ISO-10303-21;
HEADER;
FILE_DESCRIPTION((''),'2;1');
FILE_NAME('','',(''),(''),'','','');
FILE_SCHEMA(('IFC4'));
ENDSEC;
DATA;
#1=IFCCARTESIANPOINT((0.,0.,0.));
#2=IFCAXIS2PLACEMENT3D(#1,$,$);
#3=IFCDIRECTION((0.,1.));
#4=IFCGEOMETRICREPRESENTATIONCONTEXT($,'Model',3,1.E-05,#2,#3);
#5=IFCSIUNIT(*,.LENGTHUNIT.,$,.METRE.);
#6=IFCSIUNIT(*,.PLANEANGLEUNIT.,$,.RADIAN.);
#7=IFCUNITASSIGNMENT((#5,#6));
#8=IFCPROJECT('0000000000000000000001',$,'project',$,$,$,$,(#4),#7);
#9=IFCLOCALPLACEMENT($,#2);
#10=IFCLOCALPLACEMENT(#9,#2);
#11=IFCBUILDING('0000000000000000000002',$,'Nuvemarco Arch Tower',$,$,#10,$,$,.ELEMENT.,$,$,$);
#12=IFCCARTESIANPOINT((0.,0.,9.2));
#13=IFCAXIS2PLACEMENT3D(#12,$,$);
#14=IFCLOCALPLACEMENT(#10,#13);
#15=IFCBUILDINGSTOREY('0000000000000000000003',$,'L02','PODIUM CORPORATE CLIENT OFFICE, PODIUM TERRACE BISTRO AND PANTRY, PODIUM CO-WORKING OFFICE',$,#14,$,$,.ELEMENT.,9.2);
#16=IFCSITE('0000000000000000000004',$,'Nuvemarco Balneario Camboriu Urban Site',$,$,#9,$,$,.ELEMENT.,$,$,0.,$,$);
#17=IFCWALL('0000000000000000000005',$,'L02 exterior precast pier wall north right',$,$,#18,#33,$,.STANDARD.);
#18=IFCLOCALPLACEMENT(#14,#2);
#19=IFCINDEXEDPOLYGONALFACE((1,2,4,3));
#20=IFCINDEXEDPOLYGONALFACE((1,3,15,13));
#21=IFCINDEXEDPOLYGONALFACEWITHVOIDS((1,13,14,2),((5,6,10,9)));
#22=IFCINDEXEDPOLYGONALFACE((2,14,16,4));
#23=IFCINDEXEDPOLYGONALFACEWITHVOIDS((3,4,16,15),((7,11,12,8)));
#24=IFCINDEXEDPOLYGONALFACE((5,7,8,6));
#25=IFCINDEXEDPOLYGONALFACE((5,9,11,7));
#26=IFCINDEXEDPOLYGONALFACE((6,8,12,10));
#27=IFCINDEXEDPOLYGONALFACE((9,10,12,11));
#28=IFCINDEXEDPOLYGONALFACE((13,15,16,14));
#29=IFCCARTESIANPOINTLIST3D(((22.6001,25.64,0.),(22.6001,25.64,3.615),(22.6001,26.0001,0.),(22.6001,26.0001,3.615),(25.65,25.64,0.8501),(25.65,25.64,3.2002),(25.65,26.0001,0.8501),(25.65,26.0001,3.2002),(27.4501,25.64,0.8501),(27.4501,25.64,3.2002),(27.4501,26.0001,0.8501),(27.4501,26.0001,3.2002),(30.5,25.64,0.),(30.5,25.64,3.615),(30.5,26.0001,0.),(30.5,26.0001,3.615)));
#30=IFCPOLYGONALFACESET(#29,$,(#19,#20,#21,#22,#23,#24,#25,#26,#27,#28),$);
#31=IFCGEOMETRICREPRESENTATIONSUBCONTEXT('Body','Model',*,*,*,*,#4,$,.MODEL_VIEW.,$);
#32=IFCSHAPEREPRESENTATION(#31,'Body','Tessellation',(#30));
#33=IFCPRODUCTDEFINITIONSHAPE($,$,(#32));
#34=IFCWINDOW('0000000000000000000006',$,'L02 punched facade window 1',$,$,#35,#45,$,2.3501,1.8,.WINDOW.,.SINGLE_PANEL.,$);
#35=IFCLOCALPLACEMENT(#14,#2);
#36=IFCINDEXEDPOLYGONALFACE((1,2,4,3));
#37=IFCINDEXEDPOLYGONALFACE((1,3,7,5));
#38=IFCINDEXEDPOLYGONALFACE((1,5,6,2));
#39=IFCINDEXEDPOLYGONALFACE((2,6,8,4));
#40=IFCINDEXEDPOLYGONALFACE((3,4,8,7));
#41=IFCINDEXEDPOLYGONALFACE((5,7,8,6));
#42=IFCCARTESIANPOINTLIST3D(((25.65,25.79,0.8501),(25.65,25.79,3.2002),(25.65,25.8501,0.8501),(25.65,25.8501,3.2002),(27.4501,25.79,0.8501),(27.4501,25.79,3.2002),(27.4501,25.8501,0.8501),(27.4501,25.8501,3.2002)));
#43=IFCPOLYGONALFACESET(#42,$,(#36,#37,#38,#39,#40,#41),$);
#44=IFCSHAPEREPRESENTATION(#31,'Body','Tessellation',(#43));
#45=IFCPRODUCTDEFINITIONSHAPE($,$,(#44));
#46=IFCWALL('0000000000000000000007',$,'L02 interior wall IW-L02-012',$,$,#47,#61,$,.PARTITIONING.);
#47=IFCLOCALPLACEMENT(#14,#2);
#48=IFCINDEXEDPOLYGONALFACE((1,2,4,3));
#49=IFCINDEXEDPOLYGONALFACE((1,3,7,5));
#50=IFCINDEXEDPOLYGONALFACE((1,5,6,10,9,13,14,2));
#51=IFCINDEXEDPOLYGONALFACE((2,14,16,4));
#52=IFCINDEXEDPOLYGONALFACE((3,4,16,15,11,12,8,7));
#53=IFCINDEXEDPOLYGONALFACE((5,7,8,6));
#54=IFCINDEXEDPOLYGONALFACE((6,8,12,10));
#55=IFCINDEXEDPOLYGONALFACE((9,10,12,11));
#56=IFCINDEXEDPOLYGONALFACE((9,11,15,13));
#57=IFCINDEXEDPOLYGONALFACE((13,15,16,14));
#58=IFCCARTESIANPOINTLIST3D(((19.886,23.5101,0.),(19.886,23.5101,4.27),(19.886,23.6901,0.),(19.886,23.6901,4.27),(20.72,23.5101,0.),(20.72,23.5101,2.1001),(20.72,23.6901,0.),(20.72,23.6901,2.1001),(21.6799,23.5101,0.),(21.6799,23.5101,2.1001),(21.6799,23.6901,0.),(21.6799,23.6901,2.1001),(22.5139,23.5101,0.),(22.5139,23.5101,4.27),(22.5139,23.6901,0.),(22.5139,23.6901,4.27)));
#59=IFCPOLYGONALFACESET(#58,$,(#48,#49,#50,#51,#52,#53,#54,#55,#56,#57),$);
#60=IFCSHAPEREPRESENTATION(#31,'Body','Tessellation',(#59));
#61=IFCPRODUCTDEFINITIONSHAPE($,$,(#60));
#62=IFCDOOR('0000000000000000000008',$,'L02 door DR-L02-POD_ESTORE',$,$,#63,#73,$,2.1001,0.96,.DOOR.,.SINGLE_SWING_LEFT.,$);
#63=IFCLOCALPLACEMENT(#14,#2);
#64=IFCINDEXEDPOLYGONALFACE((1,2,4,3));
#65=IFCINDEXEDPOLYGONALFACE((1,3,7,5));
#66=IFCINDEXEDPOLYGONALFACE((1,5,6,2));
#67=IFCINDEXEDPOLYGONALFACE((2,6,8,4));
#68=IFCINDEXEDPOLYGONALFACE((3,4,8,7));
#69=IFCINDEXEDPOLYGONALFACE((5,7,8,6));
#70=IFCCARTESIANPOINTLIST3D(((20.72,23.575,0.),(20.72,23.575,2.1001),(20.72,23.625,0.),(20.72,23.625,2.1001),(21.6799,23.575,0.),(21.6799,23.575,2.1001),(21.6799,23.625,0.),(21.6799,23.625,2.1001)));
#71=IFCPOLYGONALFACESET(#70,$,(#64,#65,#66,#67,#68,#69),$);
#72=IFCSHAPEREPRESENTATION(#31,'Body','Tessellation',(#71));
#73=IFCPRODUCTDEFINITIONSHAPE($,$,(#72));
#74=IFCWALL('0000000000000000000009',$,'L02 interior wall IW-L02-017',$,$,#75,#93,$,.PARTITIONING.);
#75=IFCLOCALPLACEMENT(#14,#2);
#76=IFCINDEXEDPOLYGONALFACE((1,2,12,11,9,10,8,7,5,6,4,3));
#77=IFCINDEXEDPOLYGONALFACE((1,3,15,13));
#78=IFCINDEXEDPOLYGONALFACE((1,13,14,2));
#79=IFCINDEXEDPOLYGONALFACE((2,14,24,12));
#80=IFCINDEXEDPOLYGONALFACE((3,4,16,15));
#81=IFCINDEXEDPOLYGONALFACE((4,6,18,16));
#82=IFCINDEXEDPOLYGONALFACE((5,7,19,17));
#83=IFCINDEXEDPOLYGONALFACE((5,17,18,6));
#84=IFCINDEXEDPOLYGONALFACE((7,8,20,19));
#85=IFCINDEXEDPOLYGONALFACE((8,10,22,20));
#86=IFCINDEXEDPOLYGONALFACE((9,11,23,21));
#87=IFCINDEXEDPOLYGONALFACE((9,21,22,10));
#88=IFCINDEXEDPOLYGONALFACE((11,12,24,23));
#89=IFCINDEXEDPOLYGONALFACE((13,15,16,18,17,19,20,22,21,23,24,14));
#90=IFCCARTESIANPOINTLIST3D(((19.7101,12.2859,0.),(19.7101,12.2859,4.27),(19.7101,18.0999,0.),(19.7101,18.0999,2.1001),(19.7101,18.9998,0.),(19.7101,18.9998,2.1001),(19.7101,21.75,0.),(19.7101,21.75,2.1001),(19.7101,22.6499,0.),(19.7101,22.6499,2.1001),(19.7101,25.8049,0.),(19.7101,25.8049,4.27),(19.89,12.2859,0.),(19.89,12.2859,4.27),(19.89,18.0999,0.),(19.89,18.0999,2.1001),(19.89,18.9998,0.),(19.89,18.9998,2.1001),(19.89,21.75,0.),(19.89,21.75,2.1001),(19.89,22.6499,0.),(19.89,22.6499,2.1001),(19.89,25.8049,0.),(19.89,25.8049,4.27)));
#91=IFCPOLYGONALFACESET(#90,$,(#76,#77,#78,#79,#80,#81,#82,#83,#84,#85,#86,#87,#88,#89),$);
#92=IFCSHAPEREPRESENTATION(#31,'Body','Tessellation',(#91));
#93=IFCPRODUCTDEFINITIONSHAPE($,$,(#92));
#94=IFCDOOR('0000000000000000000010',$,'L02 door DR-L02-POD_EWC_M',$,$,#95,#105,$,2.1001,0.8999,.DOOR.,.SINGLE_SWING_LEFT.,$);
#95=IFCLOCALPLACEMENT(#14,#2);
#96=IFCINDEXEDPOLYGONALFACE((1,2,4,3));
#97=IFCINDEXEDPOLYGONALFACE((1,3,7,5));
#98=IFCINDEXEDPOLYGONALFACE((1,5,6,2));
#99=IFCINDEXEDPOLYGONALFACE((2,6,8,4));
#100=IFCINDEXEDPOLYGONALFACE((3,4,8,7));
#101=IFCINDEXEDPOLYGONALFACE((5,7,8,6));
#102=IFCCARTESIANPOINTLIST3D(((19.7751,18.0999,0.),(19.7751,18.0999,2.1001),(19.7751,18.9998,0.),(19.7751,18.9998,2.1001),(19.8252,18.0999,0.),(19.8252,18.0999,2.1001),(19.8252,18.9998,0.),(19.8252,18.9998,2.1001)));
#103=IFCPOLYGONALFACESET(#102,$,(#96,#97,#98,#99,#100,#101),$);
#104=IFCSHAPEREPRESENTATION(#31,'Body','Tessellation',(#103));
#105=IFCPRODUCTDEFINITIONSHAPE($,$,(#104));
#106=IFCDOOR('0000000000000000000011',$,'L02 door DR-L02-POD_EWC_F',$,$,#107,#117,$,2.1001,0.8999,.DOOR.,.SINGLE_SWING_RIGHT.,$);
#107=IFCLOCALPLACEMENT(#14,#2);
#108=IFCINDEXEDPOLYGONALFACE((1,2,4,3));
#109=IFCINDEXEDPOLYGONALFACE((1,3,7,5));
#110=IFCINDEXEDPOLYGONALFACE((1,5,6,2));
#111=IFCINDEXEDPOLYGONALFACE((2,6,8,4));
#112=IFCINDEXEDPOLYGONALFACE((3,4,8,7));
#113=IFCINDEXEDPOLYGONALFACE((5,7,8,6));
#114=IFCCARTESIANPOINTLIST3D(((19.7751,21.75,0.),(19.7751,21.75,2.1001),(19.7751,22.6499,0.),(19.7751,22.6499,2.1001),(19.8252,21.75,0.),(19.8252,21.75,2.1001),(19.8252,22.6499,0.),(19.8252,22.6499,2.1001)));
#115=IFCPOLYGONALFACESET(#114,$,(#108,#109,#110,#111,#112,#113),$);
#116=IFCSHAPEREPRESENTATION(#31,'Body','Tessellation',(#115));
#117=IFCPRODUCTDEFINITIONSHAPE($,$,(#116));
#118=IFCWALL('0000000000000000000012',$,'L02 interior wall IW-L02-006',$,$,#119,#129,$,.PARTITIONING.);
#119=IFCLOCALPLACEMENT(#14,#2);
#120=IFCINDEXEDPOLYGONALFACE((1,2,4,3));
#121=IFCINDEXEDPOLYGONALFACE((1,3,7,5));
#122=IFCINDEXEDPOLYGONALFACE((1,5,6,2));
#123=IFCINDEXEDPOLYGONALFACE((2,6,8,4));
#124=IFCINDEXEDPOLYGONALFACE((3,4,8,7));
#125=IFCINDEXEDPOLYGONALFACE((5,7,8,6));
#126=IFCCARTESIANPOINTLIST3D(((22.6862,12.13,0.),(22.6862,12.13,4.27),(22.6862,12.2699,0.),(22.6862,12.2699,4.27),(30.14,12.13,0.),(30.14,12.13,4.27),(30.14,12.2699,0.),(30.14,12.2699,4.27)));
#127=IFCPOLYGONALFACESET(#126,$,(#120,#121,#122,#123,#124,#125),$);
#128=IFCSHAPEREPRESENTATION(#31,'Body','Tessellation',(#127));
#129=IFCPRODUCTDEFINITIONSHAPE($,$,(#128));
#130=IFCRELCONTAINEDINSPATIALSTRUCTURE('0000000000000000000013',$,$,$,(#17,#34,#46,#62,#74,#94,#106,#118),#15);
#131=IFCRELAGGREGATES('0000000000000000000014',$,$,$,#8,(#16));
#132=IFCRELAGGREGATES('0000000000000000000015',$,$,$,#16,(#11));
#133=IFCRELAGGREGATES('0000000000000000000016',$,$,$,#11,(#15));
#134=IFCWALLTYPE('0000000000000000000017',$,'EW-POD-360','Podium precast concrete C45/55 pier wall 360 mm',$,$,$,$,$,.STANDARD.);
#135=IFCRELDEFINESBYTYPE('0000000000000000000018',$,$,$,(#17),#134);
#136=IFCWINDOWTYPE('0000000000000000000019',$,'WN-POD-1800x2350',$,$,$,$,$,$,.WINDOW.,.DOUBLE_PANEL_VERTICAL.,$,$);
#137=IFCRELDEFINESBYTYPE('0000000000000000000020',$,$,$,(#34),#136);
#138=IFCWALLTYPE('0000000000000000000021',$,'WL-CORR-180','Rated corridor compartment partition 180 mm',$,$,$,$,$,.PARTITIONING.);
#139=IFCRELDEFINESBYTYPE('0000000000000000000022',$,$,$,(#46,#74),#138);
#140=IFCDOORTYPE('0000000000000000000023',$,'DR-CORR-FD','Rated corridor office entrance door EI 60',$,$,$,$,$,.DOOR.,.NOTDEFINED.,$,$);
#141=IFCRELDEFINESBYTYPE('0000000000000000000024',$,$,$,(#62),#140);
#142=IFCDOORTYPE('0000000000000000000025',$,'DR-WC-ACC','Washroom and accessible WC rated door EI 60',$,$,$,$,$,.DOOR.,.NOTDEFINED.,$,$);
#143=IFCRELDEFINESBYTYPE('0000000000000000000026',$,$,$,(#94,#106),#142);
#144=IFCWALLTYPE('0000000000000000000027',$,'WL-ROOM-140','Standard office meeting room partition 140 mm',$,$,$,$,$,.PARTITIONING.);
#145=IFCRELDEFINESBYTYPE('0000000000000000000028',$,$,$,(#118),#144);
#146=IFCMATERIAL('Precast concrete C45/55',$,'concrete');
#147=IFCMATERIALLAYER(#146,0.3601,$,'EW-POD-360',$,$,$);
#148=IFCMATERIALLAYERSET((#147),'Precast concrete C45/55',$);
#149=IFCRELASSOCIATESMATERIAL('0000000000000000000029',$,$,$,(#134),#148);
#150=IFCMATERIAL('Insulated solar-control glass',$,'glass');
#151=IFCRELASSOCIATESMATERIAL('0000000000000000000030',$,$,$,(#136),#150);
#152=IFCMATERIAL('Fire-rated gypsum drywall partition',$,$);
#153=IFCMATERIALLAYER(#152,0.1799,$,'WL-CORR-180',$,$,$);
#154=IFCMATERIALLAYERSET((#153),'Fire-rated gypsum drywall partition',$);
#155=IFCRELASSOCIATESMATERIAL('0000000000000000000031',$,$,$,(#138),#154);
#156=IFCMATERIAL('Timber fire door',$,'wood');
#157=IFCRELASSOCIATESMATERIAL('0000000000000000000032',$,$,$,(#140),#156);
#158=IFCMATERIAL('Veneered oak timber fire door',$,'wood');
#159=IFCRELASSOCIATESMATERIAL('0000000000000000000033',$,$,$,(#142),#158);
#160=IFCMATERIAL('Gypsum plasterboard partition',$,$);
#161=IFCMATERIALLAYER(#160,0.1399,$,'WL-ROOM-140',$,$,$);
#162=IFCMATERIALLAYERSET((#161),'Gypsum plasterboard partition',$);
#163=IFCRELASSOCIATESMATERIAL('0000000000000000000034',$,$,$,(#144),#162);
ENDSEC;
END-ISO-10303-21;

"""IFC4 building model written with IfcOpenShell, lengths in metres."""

from ifc_helpers import new_model, si_unit, direction, frame, frame_2d, origin, place, context, subcontext, project, spatial, rectangle, extrude, source, transform, mapped, material, layer, layer_set, type_object, type_shapes, element, fill, save


model = new_model("IFC4")

# Units and contexts
model_context = context("Model", 3, precision=1e-05, world=origin(), true_north=direction((0.0, 1.0)))
body_context = subcontext(model_context, "Body", "Model", "MODEL_VIEW")
ifc_project = project(units=[si_unit("LENGTHUNIT", "METRE"), si_unit("PLANEANGLEUNIT", "RADIAN")], contexts=[model_context])

# Site, building, storey
site_placement = place(None, origin())
site = spatial("IfcSite", under=ifc_project, at=site_placement, Name="Nuvemarco Balneario Camboriu Urban Site", CompositionType="ELEMENT", RefElevation=0.0)
building_placement = place(site_placement, origin())
building = spatial("IfcBuilding", under=site, at=building_placement, Name="Nuvemarco Arch Tower", CompositionType="ELEMENT")
storey_placement = place(building_placement, frame((0.0, 0.0, 9.2)))
storey = spatial("IfcBuildingStorey", under=building, at=storey_placement, Name="L02", Description="PODIUM CORPORATE CLIENT OFFICE, PODIUM TERRACE BISTRO AND PANTRY, PODIUM CO-WORKING OFFICE", CompositionType="ELEMENT", Elevation=9.2)

# Shared definitions
ifc_material_1 = material(Name="Precast concrete C45/55", Category="concrete")

# Wall, opening, window
ifc_layer_1 = layer(ifc_material_1, 0.3601, Name="EW-POD-360")
ifc_layer_set_1 = layer_set([ifc_layer_1], Name="Precast concrete C45/55")
wall_type_1 = type_object("IfcWallType", Name="EW-POD-360", Description="Podium precast concrete C45/55 pier wall 360 mm", PredefinedType="STANDARD", material=ifc_layer_set_1)
wall_1_placement = place(storey_placement, frame((22.6001, 25.8201, 0.0), z_axis=(0.0, 0.0, 1.0), x_axis=(1.0, 0.0, 0.0)))
wall_1 = element("IfcWall", 1, at=wall_1_placement, inside=storey, type_object=wall_type_1, Name="L02 exterior precast pier wall north right", PredefinedType="STANDARD", context=body_context, shape_type="SweptSolid", body=[
    extrude(rectangle(XDim=7.8999, YDim=0.3601, at=frame_2d((3.95, 0.0))), origin(), (0.0, 0.0, 1.0), 3.615),
])
opening_1_placement = place(wall_1_placement, frame((3.05, 0.0, 0.8501)))
opening_1 = element("IfcOpeningElement", 2, at=opening_1_placement, cuts=wall_1, PredefinedType="OPENING", context=body_context, shape_type="SweptSolid", body=[
    extrude(rectangle(XDim=1.8, YDim=2.3501, at=frame_2d((0.8999, 1.175))), frame((0.0, 0.1899, 0.0), z_axis=(0.0, -1.0, 0.0), x_axis=(1.0, 0.0, 0.0)), (0.0, 0.0, 1.0), 0.3801),
])
ifc_material_2 = material(Name="Insulated solar-control glass", Category="glass")
window_type = type_object("IfcWindowType", Name="WN-POD-1800x2350", PartitioningType="DOUBLE_PANEL_VERTICAL", PredefinedType="WINDOW", material=ifc_material_2)
shared_shape_1 = source(origin(), body_context, "Body", "SweptSolid", [
    extrude(rectangle(XDim=1.8, YDim=2.3501, at=frame_2d((0.8999, 1.175))), frame((0.0, 0.03, 0.0), z_axis=(0.0, -1.0, 0.0), x_axis=(1.0, 0.0, 0.0)), (0.0, 0.0, 1.0), 0.0601),
])
type_shapes(window_type, [shared_shape_1])
window_placement = place(opening_1_placement, origin())
window = element("IfcWindow", 3, at=window_placement, inside=storey, type_object=window_type, Name="L02 punched facade window 1", OverallHeight=2.3501, OverallWidth=1.8, PartitioningType="SINGLE_PANEL", PredefinedType="WINDOW", context=body_context, shape_type="MappedRepresentation", body=[
    mapped(shared_shape_1, transform((0.0, 0.0, 0.0), scale=1.0)),
])
fill(opening_1, window)

# Wall, opening, door
ifc_material_3 = material(Name="Fire-rated gypsum drywall partition")
ifc_layer_2 = layer(ifc_material_3, 0.1799, Name="WL-CORR-180")
ifc_layer_set_2 = layer_set([ifc_layer_2], Name="Fire-rated gypsum drywall partition")
wall_type_2 = type_object("IfcWallType", Name="WL-CORR-180", Description="Rated corridor compartment partition 180 mm", PredefinedType="PARTITIONING", material=ifc_layer_set_2)
wall_2_placement = place(storey_placement, frame((19.886, 23.6001, 0.0), z_axis=(0.0, 0.0, 1.0), x_axis=(1.0, 0.0, 0.0)))
wall_2 = element("IfcWall", 4, at=wall_2_placement, inside=storey, type_object=wall_type_2, Name="L02 interior wall IW-L02-012", PredefinedType="PARTITIONING", context=body_context, shape_type="SweptSolid", body=[
    extrude(rectangle(XDim=2.6279, YDim=0.1799, at=frame_2d((1.314, 0.0))), origin(), (0.0, 0.0, 1.0), 4.27),
])
opening_2_placement = place(wall_2_placement, frame((0.834, 0.0, 0.0)))
opening_2 = element("IfcOpeningElement", 5, at=opening_2_placement, cuts=wall_2, PredefinedType="OPENING", context=body_context, shape_type="SweptSolid", body=[
    extrude(rectangle(XDim=0.96, YDim=2.1001, at=frame_2d((0.48, 1.05))), frame((0.0, 0.0999, 0.0), z_axis=(0.0, -1.0, 0.0), x_axis=(1.0, 0.0, 0.0)), (0.0, 0.0, 1.0), 0.2),
])
ifc_material_4 = material(Name="Timber fire door", Category="wood")
door_type_1 = type_object("IfcDoorType", Name="DR-CORR-FD", Description="Rated corridor office entrance door EI 60", OperationType="NOTDEFINED", PredefinedType="DOOR", material=ifc_material_4)
shared_shape_2 = source(origin(), body_context, "Body", "SweptSolid", [
    extrude(rectangle(XDim=0.96, YDim=2.1001, at=frame_2d((0.48, 1.05))), frame((0.0, 0.0249, 0.0), z_axis=(0.0, -1.0, 0.0), x_axis=(1.0, 0.0, 0.0)), (0.0, 0.0, 1.0), 0.05),
])
type_shapes(door_type_1, [shared_shape_2])
door_1_placement = place(opening_2_placement, origin())
door_1 = element("IfcDoor", 6, at=door_1_placement, inside=storey, type_object=door_type_1, Name="L02 door DR-L02-POD_ESTORE", OperationType="SINGLE_SWING_LEFT", OverallHeight=2.1001, OverallWidth=0.96, PredefinedType="DOOR", context=body_context, shape_type="MappedRepresentation", body=[
    mapped(shared_shape_2, transform((0.0, 0.0, 0.0), scale=1.0)),
])
fill(opening_2, door_1)

# Wall, openings, doors
wall_3_placement = place(storey_placement, frame((19.8, 12.2859, 0.0), z_axis=(0.0, 0.0, 1.0), x_axis=(0.0, 1.0, 0.0)))
wall_3 = element("IfcWall", 7, at=wall_3_placement, inside=storey, type_object=wall_type_2, Name="L02 interior wall IW-L02-017", PredefinedType="PARTITIONING", context=body_context, shape_type="SweptSolid", body=[
    extrude(rectangle(XDim=13.519, YDim=0.1799, at=frame_2d((6.7595, 0.0))), origin(), (0.0, 0.0, 1.0), 4.27),
])
opening_3_placement = place(wall_3_placement, frame((5.814, 0.0, 0.0)))
opening_3 = element("IfcOpeningElement", 8, at=opening_3_placement, cuts=wall_3, PredefinedType="OPENING", context=body_context, shape_type="SweptSolid", body=[
    extrude(rectangle(XDim=0.8999, YDim=2.1001, at=frame_2d((0.45, 1.05))), frame((0.0, 0.0999, 0.0), z_axis=(0.0, -1.0, 0.0), x_axis=(1.0, 0.0, 0.0)), (0.0, 0.0, 1.0), 0.2),
])
opening_4_placement = place(wall_3_placement, frame((9.4641, 0.0, 0.0)))
opening_4 = element("IfcOpeningElement", 9, at=opening_4_placement, cuts=wall_3, PredefinedType="OPENING", context=body_context, shape_type="SweptSolid", body=[
    extrude(rectangle(XDim=0.8999, YDim=2.1001, at=frame_2d((0.45, 1.05))), frame((0.0, 0.0999, 0.0), z_axis=(0.0, -1.0, 0.0), x_axis=(1.0, 0.0, 0.0)), (0.0, 0.0, 1.0), 0.2),
])
ifc_material_5 = material(Name="Veneered oak timber fire door", Category="wood")
door_type_2 = type_object("IfcDoorType", Name="DR-WC-ACC", Description="Washroom and accessible WC rated door EI 60", OperationType="NOTDEFINED", PredefinedType="DOOR", material=ifc_material_5)
shared_shape_3 = source(origin(), body_context, "Body", "SweptSolid", [
    extrude(rectangle(XDim=0.8999, YDim=2.1001, at=frame_2d((0.45, 1.05))), frame((0.0, 0.0249, 0.0), z_axis=(0.0, -1.0, 0.0), x_axis=(1.0, 0.0, 0.0)), (0.0, 0.0, 1.0), 0.05),
])
type_shapes(door_type_2, [shared_shape_3])
door_2_placement = place(opening_3_placement, origin())
door_2 = element("IfcDoor", 10, at=door_2_placement, inside=storey, type_object=door_type_2, Name="L02 door DR-L02-POD_EWC_M", OperationType="SINGLE_SWING_LEFT", OverallHeight=2.1001, OverallWidth=0.8999, PredefinedType="DOOR", context=body_context, shape_type="MappedRepresentation", body=[
    mapped(shared_shape_3, transform((0.0, 0.0, 0.0), scale=1.0)),
])
fill(opening_3, door_2)
door_3_placement = place(opening_4_placement, origin())
door_3 = element("IfcDoor", 11, at=door_3_placement, inside=storey, type_object=door_type_2, Name="L02 door DR-L02-POD_EWC_F", OperationType="SINGLE_SWING_RIGHT", OverallHeight=2.1001, OverallWidth=0.8999, PredefinedType="DOOR", context=body_context, shape_type="MappedRepresentation", body=[
    mapped(shared_shape_3, transform((0.0, 0.0, 0.0), scale=1.0)),
])
fill(opening_4, door_3)

# Wall
ifc_material_6 = material(Name="Gypsum plasterboard partition")
ifc_layer_3 = layer(ifc_material_6, 0.1399, Name="WL-ROOM-140")
ifc_layer_set_3 = layer_set([ifc_layer_3], Name="Gypsum plasterboard partition")
wall_type_3 = type_object("IfcWallType", Name="WL-ROOM-140", Description="Standard office meeting room partition 140 mm", PredefinedType="PARTITIONING", material=ifc_layer_set_3)
wall_4_placement = place(storey_placement, frame((22.686, 12.2, 0.0), z_axis=(0.0, 0.0, 1.0), x_axis=(1.0, 0.0, 0.0)))
element("IfcWall", 12, at=wall_4_placement, inside=storey, type_object=wall_type_3, Name="L02 interior wall IW-L02-006", PredefinedType="PARTITIONING", context=body_context, shape_type="SweptSolid", body=[
    extrude(rectangle(XDim=7.4539, YDim=0.1399, at=frame_2d((3.7271, 0.0))), origin(), (0.0, 0.0, 1.0), 4.27),
])

save(model, "model.ifc")
